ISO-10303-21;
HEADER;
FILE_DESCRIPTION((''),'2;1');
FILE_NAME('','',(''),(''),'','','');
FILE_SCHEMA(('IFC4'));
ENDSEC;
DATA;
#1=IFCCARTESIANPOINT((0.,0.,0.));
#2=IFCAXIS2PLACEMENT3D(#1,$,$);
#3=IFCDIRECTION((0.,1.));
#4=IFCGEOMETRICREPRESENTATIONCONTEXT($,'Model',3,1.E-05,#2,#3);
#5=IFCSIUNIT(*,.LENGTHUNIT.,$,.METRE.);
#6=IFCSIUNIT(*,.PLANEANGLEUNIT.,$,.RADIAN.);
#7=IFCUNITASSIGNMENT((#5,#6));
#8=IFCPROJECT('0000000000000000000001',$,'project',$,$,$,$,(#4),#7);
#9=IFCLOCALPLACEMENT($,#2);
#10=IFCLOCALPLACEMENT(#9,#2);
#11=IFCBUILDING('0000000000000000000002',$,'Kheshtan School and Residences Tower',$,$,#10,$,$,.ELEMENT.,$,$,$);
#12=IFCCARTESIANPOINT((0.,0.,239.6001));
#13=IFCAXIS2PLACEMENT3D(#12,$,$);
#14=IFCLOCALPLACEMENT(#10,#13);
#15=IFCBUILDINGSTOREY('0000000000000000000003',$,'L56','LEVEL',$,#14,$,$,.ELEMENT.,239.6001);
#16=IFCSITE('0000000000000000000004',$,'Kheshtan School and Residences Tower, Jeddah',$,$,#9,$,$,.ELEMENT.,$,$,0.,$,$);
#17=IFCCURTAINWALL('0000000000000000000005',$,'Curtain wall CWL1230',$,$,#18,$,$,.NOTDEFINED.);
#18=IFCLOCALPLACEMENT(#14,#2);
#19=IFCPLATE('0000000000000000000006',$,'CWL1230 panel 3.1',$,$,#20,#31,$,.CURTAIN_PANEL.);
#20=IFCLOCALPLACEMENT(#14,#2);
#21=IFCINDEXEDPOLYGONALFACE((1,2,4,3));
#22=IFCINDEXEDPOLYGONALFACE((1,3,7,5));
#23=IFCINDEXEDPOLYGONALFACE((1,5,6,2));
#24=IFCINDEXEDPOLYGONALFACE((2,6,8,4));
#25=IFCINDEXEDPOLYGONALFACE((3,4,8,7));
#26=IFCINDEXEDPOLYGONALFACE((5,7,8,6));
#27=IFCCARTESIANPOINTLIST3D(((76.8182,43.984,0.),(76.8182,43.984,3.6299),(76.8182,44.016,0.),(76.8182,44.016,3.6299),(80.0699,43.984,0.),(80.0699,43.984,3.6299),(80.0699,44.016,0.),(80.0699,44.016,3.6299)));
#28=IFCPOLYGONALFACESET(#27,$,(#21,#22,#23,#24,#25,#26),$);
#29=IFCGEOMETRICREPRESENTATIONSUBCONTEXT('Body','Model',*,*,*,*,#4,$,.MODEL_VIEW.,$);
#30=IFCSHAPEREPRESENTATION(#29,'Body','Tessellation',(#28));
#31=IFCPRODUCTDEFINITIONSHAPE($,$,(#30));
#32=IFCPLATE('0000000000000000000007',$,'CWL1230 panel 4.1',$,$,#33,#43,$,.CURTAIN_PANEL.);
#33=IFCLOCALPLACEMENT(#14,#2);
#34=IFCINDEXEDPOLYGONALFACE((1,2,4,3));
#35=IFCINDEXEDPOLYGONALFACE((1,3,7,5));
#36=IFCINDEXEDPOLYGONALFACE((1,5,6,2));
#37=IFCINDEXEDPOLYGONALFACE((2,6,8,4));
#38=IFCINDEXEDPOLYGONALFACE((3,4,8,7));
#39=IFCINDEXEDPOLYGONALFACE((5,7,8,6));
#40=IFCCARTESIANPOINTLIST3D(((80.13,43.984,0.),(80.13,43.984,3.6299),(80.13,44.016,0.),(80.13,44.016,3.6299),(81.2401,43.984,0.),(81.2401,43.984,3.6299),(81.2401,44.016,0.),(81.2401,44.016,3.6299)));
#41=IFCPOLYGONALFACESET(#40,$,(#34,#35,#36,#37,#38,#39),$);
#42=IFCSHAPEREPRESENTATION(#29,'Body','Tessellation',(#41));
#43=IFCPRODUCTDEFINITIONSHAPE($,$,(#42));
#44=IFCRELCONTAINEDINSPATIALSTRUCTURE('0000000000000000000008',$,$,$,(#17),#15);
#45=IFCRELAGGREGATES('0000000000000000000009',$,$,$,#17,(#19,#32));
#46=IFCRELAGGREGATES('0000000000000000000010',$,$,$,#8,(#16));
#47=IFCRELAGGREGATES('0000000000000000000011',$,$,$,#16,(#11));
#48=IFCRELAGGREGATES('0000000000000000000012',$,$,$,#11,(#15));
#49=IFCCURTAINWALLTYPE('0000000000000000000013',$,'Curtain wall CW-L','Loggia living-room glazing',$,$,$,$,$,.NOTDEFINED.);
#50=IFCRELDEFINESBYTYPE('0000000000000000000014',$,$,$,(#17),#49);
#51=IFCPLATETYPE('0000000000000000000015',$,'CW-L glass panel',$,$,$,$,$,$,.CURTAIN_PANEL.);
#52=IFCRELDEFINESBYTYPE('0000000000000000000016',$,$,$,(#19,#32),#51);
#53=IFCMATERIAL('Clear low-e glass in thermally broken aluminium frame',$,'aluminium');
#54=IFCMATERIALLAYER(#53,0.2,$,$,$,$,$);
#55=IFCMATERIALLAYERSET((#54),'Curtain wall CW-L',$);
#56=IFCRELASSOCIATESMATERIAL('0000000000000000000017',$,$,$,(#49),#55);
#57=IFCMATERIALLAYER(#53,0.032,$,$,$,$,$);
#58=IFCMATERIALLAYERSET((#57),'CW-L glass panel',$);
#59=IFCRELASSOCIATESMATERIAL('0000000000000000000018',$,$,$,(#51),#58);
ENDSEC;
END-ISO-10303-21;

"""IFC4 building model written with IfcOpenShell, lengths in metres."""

from ifc_helpers import new_model, si_unit, direction, frame, origin, origin_2d, place, context, subcontext, project, spatial, rectangle, extrude, material, layer, layer_set, type_object, element, aggregate, save


model = new_model("IFC4")

# Units and contexts
model_context = context("Model", 3, precision=1e-05, world=origin(), true_north=direction((0.0, 1.0)))
body_context = subcontext(model_context, "Body", "Model", "MODEL_VIEW")
ifc_project = project(units=[si_unit("LENGTHUNIT", "METRE"), si_unit("PLANEANGLEUNIT", "RADIAN")], contexts=[model_context])

# Site, building, storey
site_placement = place(None, origin())
site = spatial("IfcSite", under=ifc_project, at=site_placement, Name="Kheshtan School and Residences Tower, Jeddah", CompositionType="ELEMENT", RefElevation=0.0)
building_placement = place(site_placement, origin())
building = spatial("IfcBuilding", under=site, at=building_placement, Name="Kheshtan School and Residences Tower", CompositionType="ELEMENT")
storey_placement = place(building_placement, frame((0.0, 0.0, 239.6001)))
storey = spatial("IfcBuildingStorey", under=building, at=storey_placement, Name="L56", Description="LEVEL", CompositionType="ELEMENT", Elevation=239.6001)

# Curtain wall
ifc_material_1 = material(Name="Clear low-e glass in thermally broken aluminium frame", Category="aluminium")
ifc_layer_1 = layer(ifc_material_1, 0.2)
ifc_layer_set_1 = layer_set([ifc_layer_1], Name="Curtain wall CW-L")
curtain_wall_type = type_object("IfcCurtainWallType", Name="Curtain wall CW-L", Description="Loggia living-room glazing", PredefinedType="NOTDEFINED", material=ifc_layer_set_1)
curtain_wall_placement = place(storey_placement, origin())
curtain_wall = element("IfcCurtainWall", 1, at=curtain_wall_placement, inside=storey, type_object=curtain_wall_type, Name="Curtain wall CWL1230", PredefinedType="NOTDEFINED")

# Plates
ifc_layer_2 = layer(ifc_material_1, 0.032)
ifc_layer_set_2 = layer_set([ifc_layer_2], Name="CW-L glass panel")
plate_type = type_object("IfcPlateType", Name="CW-L glass panel", PredefinedType="CURTAIN_PANEL", material=ifc_layer_set_2)
plate_1_placement = place(storey_placement, frame((78.4441, 44.0, 0.0), z_axis=(0.0, 0.0, 1.0), x_axis=(1.0, 0.0, 0.0)))
plate_1 = element("IfcPlate", 2, at=plate_1_placement, type_object=plate_type, Name="CWL1230 panel 3.1", PredefinedType="CURTAIN_PANEL", context=body_context, shape_type="SweptSolid", body=[
    extrude(rectangle(XDim=3.2517, YDim=0.032, at=origin_2d()), origin(), (0.0, 0.0, 1.0), 3.6299),
])
plate_2_placement = place(storey_placement, frame((80.6851, 44.0, 0.0), z_axis=(0.0, 0.0, 1.0), x_axis=(1.0, 0.0, 0.0)))
plate_2 = element("IfcPlate", 3, at=plate_2_placement, type_object=plate_type, Name="CWL1230 panel 4.1", PredefinedType="CURTAIN_PANEL", context=body_context, shape_type="SweptSolid", body=[
    extrude(rectangle(XDim=1.1101, YDim=0.032, at=origin_2d()), origin(), (0.0, 0.0, 1.0), 3.6299),
])
aggregate(curtain_wall, [plate_1, plate_2])

save(model, "model.ifc")
